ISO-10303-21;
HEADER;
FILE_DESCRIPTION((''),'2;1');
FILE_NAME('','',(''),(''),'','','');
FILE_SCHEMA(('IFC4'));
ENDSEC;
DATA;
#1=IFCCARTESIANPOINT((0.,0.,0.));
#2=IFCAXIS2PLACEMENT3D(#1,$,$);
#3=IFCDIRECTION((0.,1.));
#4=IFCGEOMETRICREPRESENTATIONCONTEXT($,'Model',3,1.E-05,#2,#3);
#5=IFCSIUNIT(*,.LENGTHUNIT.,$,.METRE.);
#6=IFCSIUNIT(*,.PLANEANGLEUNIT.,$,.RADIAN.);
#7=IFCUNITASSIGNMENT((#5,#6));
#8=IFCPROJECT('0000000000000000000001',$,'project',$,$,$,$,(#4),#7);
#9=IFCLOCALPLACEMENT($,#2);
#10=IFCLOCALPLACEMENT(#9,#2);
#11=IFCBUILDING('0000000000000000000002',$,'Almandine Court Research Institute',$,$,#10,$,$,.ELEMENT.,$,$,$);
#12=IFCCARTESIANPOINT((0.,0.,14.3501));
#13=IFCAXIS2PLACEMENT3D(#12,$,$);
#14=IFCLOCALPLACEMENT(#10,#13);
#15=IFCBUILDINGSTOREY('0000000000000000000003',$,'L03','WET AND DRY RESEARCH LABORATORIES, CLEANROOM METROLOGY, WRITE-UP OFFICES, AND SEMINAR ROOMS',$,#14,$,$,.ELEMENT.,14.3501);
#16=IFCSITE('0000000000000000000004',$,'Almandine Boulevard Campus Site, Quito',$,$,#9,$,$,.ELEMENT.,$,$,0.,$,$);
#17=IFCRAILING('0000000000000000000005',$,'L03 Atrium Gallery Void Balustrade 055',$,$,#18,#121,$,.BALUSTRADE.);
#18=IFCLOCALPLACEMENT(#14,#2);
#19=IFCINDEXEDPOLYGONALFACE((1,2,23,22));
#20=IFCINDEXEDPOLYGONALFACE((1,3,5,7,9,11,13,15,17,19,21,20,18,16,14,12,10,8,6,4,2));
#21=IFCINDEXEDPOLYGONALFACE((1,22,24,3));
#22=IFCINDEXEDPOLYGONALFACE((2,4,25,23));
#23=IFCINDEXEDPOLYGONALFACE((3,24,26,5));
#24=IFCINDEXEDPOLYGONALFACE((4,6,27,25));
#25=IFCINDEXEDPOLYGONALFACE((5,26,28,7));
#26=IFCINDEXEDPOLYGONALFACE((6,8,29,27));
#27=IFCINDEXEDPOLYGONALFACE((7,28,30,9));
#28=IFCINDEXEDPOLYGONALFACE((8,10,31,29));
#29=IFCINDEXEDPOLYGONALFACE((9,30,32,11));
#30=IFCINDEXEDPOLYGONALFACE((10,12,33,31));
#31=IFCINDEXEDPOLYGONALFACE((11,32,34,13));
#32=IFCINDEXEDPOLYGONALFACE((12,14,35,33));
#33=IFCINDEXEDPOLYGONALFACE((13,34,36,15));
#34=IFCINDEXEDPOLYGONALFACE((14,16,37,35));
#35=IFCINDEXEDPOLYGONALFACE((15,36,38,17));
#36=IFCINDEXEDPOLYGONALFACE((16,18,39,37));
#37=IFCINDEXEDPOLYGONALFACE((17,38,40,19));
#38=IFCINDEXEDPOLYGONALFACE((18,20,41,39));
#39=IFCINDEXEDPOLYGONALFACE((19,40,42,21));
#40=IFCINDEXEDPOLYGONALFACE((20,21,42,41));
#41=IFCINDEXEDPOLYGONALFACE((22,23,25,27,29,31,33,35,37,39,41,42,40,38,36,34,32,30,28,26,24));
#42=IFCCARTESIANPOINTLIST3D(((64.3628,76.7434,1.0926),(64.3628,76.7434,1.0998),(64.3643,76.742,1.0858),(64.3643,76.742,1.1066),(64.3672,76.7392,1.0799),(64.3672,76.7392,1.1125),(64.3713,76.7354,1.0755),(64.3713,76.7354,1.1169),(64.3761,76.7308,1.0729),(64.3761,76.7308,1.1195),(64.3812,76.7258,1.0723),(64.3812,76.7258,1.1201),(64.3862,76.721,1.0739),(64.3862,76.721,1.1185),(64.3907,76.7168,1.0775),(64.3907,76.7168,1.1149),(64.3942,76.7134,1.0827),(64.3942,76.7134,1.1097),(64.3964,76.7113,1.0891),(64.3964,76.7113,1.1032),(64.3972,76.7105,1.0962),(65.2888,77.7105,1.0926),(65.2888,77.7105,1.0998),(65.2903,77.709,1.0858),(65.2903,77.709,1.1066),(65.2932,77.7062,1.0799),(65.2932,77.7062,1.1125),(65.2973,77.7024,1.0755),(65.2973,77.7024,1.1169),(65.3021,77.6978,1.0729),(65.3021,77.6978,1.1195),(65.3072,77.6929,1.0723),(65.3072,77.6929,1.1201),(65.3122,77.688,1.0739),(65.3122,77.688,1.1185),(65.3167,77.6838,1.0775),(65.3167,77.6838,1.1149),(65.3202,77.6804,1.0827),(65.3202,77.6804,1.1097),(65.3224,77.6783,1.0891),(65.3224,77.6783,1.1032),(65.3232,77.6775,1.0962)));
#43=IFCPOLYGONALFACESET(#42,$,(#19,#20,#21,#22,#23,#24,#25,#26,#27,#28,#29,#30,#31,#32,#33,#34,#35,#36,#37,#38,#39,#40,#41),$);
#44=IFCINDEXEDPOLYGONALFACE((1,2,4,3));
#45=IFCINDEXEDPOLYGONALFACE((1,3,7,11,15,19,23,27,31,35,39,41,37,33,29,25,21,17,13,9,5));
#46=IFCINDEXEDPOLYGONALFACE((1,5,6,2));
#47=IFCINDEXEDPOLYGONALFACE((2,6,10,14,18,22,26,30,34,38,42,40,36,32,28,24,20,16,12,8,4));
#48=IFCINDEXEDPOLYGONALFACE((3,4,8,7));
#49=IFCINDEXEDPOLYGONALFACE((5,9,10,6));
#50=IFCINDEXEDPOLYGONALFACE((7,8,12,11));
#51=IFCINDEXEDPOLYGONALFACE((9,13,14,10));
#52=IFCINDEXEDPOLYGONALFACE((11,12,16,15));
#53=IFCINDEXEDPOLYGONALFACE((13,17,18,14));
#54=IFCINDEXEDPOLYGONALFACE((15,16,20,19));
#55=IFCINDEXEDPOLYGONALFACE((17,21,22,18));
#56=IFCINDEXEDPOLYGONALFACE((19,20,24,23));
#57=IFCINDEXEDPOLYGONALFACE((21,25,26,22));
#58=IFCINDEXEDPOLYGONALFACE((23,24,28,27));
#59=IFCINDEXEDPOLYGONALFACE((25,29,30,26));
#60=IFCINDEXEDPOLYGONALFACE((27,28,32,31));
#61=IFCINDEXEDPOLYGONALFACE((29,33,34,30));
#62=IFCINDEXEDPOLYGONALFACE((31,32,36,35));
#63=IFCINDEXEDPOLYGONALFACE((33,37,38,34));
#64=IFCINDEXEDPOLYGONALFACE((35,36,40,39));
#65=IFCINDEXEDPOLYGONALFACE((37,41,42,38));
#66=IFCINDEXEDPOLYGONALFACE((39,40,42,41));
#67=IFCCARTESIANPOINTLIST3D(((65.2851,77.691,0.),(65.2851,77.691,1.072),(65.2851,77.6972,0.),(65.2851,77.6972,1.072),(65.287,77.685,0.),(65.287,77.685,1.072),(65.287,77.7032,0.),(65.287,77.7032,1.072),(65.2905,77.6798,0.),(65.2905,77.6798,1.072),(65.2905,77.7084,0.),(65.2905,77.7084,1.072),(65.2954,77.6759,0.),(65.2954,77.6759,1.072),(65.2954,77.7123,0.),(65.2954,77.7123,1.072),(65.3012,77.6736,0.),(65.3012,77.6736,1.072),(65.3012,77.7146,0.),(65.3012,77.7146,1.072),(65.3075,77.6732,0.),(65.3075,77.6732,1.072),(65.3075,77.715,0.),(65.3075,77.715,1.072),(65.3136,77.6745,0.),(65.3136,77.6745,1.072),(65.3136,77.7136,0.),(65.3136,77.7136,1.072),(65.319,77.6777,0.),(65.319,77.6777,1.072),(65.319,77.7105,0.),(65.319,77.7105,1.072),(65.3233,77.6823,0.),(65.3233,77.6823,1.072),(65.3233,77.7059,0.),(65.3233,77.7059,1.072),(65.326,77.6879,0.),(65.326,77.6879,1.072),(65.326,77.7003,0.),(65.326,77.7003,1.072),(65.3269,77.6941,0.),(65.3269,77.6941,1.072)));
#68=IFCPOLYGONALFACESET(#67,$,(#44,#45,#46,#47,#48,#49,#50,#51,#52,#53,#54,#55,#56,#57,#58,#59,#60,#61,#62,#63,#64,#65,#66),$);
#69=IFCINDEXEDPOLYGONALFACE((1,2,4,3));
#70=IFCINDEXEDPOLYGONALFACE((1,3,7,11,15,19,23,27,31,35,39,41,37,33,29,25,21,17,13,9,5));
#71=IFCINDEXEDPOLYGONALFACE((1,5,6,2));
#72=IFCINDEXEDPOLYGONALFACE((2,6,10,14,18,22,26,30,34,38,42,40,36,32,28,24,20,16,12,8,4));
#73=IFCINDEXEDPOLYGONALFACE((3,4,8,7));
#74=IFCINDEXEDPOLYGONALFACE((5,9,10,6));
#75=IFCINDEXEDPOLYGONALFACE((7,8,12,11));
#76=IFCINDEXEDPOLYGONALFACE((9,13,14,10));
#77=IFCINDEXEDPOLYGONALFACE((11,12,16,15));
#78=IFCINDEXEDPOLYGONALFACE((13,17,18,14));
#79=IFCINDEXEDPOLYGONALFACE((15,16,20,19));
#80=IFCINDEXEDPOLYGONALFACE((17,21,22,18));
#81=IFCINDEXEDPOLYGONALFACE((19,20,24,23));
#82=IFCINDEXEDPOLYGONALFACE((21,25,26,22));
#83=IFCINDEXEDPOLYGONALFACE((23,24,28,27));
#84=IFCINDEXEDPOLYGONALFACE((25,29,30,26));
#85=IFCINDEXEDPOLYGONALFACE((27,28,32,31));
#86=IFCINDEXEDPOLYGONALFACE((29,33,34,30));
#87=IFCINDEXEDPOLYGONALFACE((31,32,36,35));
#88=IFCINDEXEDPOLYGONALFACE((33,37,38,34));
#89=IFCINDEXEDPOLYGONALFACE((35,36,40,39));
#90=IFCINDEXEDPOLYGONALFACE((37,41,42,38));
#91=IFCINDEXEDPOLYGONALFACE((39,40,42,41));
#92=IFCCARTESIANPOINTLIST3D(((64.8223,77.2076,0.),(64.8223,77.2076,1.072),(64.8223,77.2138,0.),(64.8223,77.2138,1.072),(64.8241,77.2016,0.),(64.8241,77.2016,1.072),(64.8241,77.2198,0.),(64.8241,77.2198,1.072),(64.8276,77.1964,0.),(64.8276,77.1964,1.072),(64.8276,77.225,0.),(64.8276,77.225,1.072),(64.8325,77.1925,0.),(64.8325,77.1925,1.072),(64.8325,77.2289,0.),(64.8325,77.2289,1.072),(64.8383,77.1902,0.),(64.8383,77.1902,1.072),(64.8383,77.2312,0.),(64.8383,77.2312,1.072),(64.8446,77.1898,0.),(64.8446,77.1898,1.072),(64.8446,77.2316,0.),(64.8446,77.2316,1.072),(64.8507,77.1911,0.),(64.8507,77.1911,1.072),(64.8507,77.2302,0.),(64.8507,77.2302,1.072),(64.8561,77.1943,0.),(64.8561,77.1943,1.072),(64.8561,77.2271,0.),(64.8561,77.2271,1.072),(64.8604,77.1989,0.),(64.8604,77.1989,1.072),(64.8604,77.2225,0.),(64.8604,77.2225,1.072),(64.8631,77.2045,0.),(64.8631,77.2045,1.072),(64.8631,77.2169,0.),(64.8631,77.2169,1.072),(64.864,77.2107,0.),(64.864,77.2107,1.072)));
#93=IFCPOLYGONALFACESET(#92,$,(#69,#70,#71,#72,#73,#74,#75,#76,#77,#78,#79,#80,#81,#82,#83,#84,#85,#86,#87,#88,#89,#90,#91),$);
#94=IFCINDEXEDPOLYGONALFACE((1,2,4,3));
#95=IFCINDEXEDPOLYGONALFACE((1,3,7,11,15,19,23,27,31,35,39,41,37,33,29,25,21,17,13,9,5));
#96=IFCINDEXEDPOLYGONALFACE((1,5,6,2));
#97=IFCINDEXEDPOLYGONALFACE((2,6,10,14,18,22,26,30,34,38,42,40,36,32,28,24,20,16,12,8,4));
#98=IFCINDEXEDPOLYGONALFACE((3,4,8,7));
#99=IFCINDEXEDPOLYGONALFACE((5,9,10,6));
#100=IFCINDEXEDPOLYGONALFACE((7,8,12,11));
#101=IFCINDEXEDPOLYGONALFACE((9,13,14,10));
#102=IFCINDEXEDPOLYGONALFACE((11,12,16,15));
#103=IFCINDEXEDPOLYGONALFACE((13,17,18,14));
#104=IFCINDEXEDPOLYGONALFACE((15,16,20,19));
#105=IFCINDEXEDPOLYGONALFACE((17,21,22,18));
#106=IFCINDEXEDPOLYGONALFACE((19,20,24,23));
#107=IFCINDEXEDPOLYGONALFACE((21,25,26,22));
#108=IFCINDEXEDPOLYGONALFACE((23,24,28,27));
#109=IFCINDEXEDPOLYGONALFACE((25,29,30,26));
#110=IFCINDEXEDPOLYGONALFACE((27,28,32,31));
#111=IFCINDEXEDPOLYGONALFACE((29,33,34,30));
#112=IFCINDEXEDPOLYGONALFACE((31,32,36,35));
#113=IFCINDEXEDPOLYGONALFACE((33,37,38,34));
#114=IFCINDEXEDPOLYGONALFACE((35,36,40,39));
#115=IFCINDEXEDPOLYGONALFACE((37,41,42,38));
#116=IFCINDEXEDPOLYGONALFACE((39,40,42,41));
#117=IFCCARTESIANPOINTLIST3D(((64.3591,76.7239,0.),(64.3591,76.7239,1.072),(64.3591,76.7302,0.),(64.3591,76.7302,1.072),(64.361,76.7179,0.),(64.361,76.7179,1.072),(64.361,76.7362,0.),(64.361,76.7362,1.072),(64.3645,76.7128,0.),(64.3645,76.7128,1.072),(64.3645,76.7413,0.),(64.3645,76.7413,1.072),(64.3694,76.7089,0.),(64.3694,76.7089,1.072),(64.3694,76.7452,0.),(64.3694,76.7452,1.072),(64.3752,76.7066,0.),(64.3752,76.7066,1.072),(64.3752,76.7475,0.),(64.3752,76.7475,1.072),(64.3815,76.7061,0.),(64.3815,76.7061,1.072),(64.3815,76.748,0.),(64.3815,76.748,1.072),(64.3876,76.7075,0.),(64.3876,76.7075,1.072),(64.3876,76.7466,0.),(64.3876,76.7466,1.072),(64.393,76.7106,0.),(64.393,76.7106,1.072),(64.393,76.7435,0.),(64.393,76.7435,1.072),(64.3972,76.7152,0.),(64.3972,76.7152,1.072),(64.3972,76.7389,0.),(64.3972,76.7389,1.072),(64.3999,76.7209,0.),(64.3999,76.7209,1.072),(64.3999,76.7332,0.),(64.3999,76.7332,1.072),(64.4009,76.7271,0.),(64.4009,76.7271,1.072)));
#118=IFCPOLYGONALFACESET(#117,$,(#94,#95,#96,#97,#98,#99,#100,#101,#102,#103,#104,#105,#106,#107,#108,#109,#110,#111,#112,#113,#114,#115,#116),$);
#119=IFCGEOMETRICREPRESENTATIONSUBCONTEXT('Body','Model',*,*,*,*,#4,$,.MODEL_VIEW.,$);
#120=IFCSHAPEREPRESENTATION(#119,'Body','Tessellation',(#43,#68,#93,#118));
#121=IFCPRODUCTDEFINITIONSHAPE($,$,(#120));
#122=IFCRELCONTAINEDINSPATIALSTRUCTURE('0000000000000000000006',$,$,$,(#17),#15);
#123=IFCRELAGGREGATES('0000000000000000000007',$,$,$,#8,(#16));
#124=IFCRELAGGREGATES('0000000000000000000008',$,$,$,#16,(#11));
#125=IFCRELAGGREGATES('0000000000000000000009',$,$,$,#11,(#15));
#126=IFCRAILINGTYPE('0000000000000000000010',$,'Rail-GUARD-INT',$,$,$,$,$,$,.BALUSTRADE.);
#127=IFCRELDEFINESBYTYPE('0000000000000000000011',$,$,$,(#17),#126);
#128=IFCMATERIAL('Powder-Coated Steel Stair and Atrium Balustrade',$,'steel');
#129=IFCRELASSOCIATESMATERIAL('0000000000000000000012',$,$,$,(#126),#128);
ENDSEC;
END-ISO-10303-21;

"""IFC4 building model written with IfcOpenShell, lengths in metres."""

from ifc_helpers import new_model, si_unit, direction, frame, origin, origin_2d, place, context, subcontext, project, spatial, circle, extrude, material, type_object, element, save


model = new_model("IFC4")

# Units and contexts
model_context = context("Model", 3, precision=1e-05, world=origin(), true_north=direction((0.0, 1.0)))
body_context = subcontext(model_context, "Body", "Model", "MODEL_VIEW")
ifc_project = project(units=[si_unit("LENGTHUNIT", "METRE"), si_unit("PLANEANGLEUNIT", "RADIAN")], contexts=[model_context])

# Site, building, storey
site_placement = place(None, origin())
site = spatial("IfcSite", under=ifc_project, at=site_placement, Name="Almandine Boulevard Campus Site, Quito", CompositionType="ELEMENT", RefElevation=0.0)
building_placement = place(site_placement, origin())
building = spatial("IfcBuilding", under=site, at=building_placement, Name="Almandine Court Research Institute", CompositionType="ELEMENT")
storey_placement = place(building_placement, frame((0.0, 0.0, 14.3501)))
storey = spatial("IfcBuildingStorey", under=building, at=storey_placement, Name="L03", Description="WET AND DRY RESEARCH LABORATORIES, CLEANROOM METROLOGY, WRITE-UP OFFICES, AND SEMINAR ROOMS", CompositionType="ELEMENT", Elevation=14.3501)

# Railing
ifc_material_1 = material(Name="Powder-Coated Steel Stair and Atrium Balustrade", Category="steel")
railing_type = type_object("IfcRailingType", Name="Rail-GUARD-INT", PredefinedType="BALUSTRADE", material=ifc_material_1)
railing_1_placement = place(storey_placement, frame((65.3059, 77.6941, 0.0)))
element("IfcRailing", 1, at=railing_1_placement, inside=storey, type_object=railing_type, Name="L03 Atrium Gallery Void Balustrade 055", PredefinedType="BALUSTRADE", context=body_context, shape_type="SweptSolid", body=[
    extrude(circle(Radius=0.0239, at=origin_2d()), frame((0.0, 0.0, 1.0962), z_axis=(-0.691624, -0.722258, 0.0), x_axis=(0.722258, -0.691624, 0.0)), (0.0, 0.0, 1.0), 1.3389),
    extrude(circle(Radius=0.021, at=origin_2d()), origin(), (0.0, 0.0, 1.0), 1.072),
    extrude(circle(Radius=0.021, at=origin_2d()), frame((-0.4629, -0.4834, 0.0)), (0.0, 0.0, 1.0), 1.072),
    extrude(circle(Radius=0.021, at=origin_2d()), frame((-0.926, -0.967, 0.0)), (0.0, 0.0, 1.0), 1.072),
])

save(model, "model.ifc")
